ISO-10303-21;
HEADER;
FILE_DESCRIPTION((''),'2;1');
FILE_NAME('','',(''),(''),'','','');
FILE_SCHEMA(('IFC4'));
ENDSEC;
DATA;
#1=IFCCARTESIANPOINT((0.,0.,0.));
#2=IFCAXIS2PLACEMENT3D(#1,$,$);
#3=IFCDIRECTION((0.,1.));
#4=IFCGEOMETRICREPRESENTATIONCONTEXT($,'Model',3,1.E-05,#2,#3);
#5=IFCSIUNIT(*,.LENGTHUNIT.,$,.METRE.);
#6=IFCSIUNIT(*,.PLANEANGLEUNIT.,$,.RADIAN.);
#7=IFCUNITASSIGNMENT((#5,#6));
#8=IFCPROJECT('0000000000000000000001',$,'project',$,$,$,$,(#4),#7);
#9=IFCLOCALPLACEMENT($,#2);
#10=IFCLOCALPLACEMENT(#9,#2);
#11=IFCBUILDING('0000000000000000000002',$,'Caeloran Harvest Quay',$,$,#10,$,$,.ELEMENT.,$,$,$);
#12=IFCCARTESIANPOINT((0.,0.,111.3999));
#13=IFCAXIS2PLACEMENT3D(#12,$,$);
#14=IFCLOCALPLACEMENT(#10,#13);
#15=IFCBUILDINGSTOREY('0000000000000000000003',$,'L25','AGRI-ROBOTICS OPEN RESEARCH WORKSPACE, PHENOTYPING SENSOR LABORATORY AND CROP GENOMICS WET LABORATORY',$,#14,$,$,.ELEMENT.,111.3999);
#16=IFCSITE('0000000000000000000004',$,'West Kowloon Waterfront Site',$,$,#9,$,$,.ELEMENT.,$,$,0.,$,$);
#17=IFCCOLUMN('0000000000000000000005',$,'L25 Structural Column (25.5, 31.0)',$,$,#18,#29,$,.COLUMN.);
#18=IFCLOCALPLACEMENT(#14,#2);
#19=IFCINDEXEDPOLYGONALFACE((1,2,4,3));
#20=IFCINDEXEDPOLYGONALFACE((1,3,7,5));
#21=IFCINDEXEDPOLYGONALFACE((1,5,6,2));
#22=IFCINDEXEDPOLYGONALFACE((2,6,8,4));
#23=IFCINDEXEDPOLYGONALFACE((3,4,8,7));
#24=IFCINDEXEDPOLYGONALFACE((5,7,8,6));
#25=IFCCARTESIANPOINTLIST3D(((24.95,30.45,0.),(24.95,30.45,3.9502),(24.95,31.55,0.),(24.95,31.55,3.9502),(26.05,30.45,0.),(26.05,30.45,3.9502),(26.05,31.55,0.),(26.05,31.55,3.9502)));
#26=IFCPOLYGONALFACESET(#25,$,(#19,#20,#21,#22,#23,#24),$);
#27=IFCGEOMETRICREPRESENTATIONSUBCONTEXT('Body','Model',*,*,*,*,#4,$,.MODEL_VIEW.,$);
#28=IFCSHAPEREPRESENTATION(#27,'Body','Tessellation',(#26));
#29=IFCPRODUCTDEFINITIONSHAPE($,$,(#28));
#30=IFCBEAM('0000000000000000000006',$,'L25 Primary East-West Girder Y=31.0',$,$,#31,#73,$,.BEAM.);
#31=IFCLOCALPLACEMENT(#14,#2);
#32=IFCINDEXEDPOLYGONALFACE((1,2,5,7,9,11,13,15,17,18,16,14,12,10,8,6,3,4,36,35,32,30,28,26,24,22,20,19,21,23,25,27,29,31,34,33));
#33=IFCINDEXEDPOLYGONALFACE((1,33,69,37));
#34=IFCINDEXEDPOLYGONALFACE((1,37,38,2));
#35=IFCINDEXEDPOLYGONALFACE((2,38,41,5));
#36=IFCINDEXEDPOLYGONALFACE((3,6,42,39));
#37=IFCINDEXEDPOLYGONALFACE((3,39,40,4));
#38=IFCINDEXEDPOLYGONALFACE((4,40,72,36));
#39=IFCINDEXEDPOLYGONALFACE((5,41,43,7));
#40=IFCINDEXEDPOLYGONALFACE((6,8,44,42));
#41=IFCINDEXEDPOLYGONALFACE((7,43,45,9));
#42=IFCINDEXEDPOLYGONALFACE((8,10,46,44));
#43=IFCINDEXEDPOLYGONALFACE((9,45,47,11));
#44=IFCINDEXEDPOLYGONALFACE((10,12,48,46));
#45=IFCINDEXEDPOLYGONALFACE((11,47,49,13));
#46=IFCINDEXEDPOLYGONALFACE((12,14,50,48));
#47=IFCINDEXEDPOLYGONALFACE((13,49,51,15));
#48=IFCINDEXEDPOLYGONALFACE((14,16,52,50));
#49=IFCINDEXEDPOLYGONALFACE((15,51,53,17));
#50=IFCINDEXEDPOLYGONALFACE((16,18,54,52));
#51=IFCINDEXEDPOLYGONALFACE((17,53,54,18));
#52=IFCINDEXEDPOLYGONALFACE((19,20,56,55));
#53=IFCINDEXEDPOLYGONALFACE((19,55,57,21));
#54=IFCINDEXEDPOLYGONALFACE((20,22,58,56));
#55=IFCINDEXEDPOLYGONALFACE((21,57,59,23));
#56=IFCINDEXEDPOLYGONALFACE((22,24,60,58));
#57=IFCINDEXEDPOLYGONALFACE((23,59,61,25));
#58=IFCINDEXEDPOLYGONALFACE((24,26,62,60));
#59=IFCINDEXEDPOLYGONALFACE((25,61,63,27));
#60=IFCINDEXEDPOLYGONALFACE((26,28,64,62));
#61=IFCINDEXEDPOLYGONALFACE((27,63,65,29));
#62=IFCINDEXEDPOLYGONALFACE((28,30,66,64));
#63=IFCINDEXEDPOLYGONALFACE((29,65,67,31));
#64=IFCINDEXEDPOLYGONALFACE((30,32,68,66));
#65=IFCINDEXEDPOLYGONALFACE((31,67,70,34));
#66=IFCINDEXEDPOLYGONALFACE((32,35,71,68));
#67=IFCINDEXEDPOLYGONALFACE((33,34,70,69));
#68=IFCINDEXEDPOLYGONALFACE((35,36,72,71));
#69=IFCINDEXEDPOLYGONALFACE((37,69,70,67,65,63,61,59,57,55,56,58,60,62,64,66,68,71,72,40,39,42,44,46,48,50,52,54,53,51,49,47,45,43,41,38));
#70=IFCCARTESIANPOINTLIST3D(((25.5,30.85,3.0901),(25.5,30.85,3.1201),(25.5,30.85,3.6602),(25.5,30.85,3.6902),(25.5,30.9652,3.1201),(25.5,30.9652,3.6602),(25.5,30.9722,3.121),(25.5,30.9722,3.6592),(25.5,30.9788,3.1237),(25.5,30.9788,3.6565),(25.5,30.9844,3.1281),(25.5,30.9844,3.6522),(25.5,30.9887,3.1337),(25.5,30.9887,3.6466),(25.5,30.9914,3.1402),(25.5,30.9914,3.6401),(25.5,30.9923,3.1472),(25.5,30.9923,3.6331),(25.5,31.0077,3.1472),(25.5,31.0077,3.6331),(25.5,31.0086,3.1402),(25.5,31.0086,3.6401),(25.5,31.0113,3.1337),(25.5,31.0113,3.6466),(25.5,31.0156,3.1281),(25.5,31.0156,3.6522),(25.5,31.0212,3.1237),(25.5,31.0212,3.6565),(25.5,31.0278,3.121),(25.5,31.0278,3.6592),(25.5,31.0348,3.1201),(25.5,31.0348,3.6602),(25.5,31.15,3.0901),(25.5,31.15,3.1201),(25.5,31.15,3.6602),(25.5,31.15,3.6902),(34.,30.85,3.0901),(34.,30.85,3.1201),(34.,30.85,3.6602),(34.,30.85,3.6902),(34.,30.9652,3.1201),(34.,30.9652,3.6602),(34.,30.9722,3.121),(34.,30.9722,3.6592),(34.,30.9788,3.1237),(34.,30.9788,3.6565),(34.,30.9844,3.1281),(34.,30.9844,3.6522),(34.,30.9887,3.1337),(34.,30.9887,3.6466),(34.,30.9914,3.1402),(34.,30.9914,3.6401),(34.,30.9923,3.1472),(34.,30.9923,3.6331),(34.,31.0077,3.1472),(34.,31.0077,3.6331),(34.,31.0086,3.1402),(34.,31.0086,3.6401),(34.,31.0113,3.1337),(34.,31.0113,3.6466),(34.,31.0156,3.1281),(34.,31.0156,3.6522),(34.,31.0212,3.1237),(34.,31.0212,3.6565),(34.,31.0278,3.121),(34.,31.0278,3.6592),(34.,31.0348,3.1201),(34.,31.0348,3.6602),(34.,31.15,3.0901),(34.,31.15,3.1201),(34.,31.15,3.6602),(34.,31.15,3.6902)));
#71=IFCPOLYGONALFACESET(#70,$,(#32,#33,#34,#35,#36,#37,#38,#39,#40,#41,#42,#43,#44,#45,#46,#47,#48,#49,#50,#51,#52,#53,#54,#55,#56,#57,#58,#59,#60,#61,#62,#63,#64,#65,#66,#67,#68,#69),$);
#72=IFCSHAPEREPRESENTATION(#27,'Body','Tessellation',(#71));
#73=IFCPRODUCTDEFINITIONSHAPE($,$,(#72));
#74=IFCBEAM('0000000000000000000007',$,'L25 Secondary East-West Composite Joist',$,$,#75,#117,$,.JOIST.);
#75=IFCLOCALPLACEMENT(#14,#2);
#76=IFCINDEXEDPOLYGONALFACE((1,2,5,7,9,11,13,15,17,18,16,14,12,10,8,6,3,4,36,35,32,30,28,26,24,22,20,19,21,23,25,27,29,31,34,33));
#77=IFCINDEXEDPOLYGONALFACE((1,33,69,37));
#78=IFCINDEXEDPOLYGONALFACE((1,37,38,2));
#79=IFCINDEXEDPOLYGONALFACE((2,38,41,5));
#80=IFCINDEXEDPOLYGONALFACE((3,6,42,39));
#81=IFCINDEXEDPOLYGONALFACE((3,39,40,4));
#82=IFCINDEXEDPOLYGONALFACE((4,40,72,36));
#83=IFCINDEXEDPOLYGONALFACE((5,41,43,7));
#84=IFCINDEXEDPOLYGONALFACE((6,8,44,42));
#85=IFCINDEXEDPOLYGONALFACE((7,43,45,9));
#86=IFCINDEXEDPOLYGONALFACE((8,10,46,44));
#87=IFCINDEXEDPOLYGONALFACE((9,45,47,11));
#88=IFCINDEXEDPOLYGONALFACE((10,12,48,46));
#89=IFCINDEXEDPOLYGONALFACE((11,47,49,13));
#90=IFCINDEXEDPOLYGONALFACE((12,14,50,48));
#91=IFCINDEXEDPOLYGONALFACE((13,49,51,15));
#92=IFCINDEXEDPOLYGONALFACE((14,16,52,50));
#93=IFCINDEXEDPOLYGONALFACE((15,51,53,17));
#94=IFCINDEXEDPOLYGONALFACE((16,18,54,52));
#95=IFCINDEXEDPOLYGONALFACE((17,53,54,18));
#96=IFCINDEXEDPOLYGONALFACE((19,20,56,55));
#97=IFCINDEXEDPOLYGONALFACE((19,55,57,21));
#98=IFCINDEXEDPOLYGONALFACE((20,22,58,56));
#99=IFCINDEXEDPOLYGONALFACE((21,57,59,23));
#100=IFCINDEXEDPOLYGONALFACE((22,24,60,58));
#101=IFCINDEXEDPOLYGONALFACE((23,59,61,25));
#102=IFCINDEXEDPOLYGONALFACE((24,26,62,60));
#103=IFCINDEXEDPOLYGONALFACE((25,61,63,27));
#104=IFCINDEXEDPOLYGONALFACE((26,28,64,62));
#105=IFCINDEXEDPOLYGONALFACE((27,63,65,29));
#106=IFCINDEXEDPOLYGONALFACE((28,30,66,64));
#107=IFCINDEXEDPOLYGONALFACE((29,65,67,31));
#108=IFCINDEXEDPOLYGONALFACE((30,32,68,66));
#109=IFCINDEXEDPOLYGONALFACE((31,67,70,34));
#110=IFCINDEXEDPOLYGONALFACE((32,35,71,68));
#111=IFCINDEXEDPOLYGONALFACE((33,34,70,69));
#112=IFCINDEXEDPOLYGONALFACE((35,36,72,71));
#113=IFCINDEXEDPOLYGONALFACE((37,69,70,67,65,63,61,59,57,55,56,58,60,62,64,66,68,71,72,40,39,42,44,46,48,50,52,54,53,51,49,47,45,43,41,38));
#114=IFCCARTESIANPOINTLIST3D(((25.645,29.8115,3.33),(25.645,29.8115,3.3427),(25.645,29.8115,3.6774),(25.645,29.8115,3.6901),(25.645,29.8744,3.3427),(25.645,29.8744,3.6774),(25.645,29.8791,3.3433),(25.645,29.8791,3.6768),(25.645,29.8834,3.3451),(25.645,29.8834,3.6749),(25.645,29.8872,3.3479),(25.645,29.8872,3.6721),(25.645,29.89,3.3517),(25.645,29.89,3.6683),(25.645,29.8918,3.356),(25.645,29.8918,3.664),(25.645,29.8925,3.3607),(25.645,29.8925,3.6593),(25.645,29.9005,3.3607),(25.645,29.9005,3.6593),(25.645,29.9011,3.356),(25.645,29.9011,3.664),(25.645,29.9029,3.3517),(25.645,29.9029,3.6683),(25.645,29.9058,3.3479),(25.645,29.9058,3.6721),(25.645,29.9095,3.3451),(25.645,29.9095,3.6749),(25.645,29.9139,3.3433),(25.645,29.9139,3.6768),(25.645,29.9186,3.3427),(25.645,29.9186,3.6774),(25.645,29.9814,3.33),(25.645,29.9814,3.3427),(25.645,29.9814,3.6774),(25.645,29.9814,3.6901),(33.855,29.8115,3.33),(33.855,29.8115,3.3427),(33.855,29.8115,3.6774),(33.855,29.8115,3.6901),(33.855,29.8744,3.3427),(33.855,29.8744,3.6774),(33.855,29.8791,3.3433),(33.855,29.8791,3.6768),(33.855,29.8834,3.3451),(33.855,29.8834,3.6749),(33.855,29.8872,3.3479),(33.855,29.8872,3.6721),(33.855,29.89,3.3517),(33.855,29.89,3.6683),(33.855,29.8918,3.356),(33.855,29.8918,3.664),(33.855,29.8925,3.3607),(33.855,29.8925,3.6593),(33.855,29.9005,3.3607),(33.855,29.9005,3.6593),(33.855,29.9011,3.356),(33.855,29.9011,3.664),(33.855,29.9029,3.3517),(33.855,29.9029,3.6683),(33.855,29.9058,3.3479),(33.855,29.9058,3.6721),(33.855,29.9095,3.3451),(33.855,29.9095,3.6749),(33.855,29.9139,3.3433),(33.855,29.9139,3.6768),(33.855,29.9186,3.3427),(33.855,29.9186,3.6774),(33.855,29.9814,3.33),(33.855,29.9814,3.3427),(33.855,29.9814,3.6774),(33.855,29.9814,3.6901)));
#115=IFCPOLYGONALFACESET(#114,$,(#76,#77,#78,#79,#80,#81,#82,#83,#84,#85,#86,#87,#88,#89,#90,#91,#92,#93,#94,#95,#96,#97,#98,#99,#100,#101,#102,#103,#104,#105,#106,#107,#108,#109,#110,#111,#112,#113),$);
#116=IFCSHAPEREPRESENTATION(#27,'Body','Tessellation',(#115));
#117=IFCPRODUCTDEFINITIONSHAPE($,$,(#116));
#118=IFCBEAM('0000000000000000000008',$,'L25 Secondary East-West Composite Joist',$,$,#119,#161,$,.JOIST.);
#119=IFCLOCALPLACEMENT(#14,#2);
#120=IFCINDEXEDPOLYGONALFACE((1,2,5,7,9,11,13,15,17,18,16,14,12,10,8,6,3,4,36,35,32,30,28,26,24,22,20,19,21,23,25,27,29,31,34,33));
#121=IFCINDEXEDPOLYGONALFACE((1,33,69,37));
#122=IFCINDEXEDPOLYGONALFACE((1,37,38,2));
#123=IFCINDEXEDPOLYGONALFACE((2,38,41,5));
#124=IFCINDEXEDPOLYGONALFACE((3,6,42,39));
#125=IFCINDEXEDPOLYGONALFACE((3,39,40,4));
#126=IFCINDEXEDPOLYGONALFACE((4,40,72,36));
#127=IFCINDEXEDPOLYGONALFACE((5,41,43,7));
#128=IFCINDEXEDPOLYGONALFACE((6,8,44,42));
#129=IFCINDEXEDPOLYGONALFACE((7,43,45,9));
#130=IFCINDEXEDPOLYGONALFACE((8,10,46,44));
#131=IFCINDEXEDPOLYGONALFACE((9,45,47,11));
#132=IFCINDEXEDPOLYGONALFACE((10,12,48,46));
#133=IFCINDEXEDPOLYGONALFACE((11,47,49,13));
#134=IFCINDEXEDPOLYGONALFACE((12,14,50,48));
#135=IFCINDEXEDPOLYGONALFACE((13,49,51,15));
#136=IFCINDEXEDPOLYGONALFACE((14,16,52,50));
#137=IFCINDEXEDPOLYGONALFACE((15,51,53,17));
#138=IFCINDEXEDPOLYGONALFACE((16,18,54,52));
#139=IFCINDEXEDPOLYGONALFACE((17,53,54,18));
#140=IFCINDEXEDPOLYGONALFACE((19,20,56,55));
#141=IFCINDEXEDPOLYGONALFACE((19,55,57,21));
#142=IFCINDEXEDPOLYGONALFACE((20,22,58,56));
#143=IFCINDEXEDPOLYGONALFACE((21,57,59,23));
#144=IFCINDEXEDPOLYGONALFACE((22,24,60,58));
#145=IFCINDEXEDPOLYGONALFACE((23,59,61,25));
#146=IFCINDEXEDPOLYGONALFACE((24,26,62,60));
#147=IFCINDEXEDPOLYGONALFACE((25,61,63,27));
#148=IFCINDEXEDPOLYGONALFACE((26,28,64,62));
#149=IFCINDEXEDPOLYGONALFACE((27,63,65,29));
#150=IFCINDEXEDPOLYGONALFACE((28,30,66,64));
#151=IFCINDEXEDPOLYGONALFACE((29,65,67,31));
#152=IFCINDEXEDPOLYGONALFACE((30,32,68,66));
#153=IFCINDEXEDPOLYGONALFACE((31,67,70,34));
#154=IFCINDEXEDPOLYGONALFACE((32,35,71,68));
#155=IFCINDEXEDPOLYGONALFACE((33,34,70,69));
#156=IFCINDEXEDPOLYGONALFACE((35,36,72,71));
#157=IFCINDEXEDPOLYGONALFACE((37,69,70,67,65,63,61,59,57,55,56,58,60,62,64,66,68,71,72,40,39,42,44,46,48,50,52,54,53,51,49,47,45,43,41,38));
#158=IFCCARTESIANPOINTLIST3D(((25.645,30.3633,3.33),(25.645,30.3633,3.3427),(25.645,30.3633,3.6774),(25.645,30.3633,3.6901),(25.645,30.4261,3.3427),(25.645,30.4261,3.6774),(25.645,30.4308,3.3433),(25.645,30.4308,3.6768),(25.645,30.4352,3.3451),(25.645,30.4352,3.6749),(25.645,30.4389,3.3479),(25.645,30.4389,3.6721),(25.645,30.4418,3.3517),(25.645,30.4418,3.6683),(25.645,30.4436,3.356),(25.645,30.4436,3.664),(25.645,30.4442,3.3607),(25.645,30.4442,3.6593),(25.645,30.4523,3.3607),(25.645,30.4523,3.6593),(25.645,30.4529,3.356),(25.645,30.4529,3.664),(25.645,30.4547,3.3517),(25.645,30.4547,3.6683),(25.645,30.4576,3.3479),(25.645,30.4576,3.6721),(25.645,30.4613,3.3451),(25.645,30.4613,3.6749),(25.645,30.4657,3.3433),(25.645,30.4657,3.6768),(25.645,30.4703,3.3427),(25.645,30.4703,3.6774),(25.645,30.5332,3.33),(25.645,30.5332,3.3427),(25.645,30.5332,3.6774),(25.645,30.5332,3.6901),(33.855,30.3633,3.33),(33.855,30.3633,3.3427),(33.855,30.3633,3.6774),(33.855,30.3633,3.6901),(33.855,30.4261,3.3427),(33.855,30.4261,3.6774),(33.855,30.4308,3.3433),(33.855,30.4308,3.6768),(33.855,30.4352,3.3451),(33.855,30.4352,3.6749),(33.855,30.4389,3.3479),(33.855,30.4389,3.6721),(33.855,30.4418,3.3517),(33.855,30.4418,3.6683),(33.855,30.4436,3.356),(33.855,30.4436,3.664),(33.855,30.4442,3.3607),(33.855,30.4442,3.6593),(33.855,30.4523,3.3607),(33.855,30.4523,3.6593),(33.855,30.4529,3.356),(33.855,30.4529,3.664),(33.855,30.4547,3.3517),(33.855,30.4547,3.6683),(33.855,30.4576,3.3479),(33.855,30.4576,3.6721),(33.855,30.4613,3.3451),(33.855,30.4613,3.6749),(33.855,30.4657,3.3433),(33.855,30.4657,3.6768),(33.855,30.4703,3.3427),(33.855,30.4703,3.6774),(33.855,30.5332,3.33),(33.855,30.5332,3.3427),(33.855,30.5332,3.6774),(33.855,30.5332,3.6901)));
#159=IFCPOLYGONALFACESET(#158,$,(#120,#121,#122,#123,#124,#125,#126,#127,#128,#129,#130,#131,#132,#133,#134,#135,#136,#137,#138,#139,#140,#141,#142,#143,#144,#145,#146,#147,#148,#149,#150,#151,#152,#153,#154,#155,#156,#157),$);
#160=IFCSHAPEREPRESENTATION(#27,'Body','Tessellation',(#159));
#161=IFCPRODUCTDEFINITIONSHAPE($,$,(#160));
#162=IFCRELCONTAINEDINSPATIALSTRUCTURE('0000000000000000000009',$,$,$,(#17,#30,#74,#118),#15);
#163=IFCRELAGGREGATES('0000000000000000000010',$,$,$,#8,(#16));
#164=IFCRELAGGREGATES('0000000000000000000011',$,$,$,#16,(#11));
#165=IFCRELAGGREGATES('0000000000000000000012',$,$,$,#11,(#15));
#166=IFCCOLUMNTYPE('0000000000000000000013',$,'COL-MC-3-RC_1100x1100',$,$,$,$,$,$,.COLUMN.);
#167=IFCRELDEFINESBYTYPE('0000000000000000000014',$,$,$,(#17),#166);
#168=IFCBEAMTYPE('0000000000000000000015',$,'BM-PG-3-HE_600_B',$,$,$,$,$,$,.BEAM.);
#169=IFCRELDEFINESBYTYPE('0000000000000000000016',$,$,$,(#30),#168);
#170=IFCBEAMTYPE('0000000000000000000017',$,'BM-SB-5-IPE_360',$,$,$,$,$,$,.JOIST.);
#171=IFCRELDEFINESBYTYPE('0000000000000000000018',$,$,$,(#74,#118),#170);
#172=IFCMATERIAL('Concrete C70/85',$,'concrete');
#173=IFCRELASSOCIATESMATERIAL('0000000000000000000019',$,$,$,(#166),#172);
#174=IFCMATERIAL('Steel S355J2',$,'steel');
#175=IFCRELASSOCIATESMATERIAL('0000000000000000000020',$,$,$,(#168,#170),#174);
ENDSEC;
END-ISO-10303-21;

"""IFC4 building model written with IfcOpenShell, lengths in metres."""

from ifc_helpers import new_model, si_unit, direction, frame, origin, origin_2d, place, context, subcontext, project, spatial, rectangle, i_section, extrude, material, material_profile, profile_set, type_object, element, save


model = new_model("IFC4")

# Units and contexts
model_context = context("Model", 3, precision=1e-05, world=origin(), true_north=direction((0.0, 1.0)))
body_context = subcontext(model_context, "Body", "Model", "MODEL_VIEW")
ifc_project = project(units=[si_unit("LENGTHUNIT", "METRE"), si_unit("PLANEANGLEUNIT", "RADIAN")], contexts=[model_context])

# Site, building, storey
site_placement = place(None, origin())
site = spatial("IfcSite", under=ifc_project, at=site_placement, Name="West Kowloon Waterfront Site", CompositionType="ELEMENT", RefElevation=0.0)
building_placement = place(site_placement, origin())
building = spatial("IfcBuilding", under=site, at=building_placement, Name="Caeloran Harvest Quay", CompositionType="ELEMENT")
storey_placement = place(building_placement, frame((0.0, 0.0, 111.3999)))
storey = spatial("IfcBuildingStorey", under=building, at=storey_placement, Name="L25", Description="AGRI-ROBOTICS OPEN RESEARCH WORKSPACE, PHENOTYPING SENSOR LABORATORY AND CROP GENOMICS WET LABORATORY", CompositionType="ELEMENT", Elevation=111.3999)

# Column
ifc_material_1 = material(Name="Concrete C70/85", Category="concrete")
ifc_material_profile_1 = material_profile(ifc_material_1, rectangle(XDim=1.1001, YDim=1.1001, at=origin_2d()), Name="RC 1100x1100")
ifc_profile_set_1 = profile_set([ifc_material_profile_1], Name="Concrete C70/85")
column_type = type_object("IfcColumnType", Name="COL-MC-3-RC_1100x1100", PredefinedType="COLUMN", material=ifc_profile_set_1)
column_placement = place(storey_placement, frame((25.5, 31.0, 0.0), z_axis=(0.0, 0.0, 1.0), x_axis=(1.0, 0.0, 0.0)))
element("IfcColumn", 1, at=column_placement, inside=storey, type_object=column_type, Name="L25 Structural Column (25.5, 31.0)", PredefinedType="COLUMN", context=body_context, shape_type="SweptSolid", body=[
    extrude(rectangle(XDim=1.1001, YDim=1.1001, at=origin_2d()), origin(), (0.0, 0.0, 1.0), 3.9502),
])

# Beams
ifc_material_2 = material(Name="Steel S355J2", Category="steel")
ifc_material_profile_2 = material_profile(ifc_material_2, i_section(OverallWidth=0.3, OverallDepth=0.6001, WebThickness=0.0154, FlangeThickness=0.03, FilletRadius=0.0271, at=origin_2d()), Name="HE 600 B")
ifc_profile_set_2 = profile_set([ifc_material_profile_2], Name="Steel S355J2")
beam_type_1 = type_object("IfcBeamType", Name="BM-PG-3-HE_600_B", PredefinedType="BEAM", material=ifc_profile_set_2)
beam_placement = place(storey_placement, frame((25.5, 31.0, 3.3901), z_axis=(1.0, 0.0, 0.0), x_axis=(0.0, 1.0, 0.0)))
element("IfcBeam", 2, at=beam_placement, inside=storey, type_object=beam_type_1, Name="L25 Primary East-West Girder Y=31.0", PredefinedType="BEAM", context=body_context, shape_type="SweptSolid", body=[
    extrude(i_section(OverallWidth=0.3, OverallDepth=0.6001, WebThickness=0.0154, FlangeThickness=0.03, FilletRadius=0.0271, at=origin_2d()), origin(), (0.0, 0.0, 1.0), 8.5),
])
ifc_material_profile_3 = material_profile(ifc_material_2, i_section(OverallWidth=0.1699, OverallDepth=0.3601, WebThickness=0.0081, FlangeThickness=0.0127, FilletRadius=0.0181, at=origin_2d()), Name="IPE 360")
ifc_profile_set_3 = profile_set([ifc_material_profile_3], Name="Steel S355J2")
beam_type_2 = type_object("IfcBeamType", Name="BM-SB-5-IPE_360", PredefinedType="JOIST", material=ifc_profile_set_3)
for number, where, z_axis, x_axis, name in (
    (3, (25.645, 29.8965, 3.51), (1.0, 0.0, 0.0), (0.0, 1.0, 0.0), "L25 Secondary East-West Composite Joist"),
    (4, (25.645, 30.4482, 3.51), (1.0, 0.0, 0.0), (0.0, 1.0, 0.0), "L25 Secondary East-West Composite Joist"),
):
    element("IfcBeam", number, at=place(storey_placement, frame(where, z_axis=z_axis, x_axis=x_axis)), inside=storey, type_object=beam_type_2, Name=name, PredefinedType="JOIST", context=body_context, shape_type="SweptSolid", body=[
        extrude(i_section(OverallWidth=0.1699, OverallDepth=0.3601, WebThickness=0.0081, FlangeThickness=0.0127, FilletRadius=0.0181, at=origin_2d()), origin(), (0.0, 0.0, 1.0), 8.21),
    ])

save(model, "model.ifc")
